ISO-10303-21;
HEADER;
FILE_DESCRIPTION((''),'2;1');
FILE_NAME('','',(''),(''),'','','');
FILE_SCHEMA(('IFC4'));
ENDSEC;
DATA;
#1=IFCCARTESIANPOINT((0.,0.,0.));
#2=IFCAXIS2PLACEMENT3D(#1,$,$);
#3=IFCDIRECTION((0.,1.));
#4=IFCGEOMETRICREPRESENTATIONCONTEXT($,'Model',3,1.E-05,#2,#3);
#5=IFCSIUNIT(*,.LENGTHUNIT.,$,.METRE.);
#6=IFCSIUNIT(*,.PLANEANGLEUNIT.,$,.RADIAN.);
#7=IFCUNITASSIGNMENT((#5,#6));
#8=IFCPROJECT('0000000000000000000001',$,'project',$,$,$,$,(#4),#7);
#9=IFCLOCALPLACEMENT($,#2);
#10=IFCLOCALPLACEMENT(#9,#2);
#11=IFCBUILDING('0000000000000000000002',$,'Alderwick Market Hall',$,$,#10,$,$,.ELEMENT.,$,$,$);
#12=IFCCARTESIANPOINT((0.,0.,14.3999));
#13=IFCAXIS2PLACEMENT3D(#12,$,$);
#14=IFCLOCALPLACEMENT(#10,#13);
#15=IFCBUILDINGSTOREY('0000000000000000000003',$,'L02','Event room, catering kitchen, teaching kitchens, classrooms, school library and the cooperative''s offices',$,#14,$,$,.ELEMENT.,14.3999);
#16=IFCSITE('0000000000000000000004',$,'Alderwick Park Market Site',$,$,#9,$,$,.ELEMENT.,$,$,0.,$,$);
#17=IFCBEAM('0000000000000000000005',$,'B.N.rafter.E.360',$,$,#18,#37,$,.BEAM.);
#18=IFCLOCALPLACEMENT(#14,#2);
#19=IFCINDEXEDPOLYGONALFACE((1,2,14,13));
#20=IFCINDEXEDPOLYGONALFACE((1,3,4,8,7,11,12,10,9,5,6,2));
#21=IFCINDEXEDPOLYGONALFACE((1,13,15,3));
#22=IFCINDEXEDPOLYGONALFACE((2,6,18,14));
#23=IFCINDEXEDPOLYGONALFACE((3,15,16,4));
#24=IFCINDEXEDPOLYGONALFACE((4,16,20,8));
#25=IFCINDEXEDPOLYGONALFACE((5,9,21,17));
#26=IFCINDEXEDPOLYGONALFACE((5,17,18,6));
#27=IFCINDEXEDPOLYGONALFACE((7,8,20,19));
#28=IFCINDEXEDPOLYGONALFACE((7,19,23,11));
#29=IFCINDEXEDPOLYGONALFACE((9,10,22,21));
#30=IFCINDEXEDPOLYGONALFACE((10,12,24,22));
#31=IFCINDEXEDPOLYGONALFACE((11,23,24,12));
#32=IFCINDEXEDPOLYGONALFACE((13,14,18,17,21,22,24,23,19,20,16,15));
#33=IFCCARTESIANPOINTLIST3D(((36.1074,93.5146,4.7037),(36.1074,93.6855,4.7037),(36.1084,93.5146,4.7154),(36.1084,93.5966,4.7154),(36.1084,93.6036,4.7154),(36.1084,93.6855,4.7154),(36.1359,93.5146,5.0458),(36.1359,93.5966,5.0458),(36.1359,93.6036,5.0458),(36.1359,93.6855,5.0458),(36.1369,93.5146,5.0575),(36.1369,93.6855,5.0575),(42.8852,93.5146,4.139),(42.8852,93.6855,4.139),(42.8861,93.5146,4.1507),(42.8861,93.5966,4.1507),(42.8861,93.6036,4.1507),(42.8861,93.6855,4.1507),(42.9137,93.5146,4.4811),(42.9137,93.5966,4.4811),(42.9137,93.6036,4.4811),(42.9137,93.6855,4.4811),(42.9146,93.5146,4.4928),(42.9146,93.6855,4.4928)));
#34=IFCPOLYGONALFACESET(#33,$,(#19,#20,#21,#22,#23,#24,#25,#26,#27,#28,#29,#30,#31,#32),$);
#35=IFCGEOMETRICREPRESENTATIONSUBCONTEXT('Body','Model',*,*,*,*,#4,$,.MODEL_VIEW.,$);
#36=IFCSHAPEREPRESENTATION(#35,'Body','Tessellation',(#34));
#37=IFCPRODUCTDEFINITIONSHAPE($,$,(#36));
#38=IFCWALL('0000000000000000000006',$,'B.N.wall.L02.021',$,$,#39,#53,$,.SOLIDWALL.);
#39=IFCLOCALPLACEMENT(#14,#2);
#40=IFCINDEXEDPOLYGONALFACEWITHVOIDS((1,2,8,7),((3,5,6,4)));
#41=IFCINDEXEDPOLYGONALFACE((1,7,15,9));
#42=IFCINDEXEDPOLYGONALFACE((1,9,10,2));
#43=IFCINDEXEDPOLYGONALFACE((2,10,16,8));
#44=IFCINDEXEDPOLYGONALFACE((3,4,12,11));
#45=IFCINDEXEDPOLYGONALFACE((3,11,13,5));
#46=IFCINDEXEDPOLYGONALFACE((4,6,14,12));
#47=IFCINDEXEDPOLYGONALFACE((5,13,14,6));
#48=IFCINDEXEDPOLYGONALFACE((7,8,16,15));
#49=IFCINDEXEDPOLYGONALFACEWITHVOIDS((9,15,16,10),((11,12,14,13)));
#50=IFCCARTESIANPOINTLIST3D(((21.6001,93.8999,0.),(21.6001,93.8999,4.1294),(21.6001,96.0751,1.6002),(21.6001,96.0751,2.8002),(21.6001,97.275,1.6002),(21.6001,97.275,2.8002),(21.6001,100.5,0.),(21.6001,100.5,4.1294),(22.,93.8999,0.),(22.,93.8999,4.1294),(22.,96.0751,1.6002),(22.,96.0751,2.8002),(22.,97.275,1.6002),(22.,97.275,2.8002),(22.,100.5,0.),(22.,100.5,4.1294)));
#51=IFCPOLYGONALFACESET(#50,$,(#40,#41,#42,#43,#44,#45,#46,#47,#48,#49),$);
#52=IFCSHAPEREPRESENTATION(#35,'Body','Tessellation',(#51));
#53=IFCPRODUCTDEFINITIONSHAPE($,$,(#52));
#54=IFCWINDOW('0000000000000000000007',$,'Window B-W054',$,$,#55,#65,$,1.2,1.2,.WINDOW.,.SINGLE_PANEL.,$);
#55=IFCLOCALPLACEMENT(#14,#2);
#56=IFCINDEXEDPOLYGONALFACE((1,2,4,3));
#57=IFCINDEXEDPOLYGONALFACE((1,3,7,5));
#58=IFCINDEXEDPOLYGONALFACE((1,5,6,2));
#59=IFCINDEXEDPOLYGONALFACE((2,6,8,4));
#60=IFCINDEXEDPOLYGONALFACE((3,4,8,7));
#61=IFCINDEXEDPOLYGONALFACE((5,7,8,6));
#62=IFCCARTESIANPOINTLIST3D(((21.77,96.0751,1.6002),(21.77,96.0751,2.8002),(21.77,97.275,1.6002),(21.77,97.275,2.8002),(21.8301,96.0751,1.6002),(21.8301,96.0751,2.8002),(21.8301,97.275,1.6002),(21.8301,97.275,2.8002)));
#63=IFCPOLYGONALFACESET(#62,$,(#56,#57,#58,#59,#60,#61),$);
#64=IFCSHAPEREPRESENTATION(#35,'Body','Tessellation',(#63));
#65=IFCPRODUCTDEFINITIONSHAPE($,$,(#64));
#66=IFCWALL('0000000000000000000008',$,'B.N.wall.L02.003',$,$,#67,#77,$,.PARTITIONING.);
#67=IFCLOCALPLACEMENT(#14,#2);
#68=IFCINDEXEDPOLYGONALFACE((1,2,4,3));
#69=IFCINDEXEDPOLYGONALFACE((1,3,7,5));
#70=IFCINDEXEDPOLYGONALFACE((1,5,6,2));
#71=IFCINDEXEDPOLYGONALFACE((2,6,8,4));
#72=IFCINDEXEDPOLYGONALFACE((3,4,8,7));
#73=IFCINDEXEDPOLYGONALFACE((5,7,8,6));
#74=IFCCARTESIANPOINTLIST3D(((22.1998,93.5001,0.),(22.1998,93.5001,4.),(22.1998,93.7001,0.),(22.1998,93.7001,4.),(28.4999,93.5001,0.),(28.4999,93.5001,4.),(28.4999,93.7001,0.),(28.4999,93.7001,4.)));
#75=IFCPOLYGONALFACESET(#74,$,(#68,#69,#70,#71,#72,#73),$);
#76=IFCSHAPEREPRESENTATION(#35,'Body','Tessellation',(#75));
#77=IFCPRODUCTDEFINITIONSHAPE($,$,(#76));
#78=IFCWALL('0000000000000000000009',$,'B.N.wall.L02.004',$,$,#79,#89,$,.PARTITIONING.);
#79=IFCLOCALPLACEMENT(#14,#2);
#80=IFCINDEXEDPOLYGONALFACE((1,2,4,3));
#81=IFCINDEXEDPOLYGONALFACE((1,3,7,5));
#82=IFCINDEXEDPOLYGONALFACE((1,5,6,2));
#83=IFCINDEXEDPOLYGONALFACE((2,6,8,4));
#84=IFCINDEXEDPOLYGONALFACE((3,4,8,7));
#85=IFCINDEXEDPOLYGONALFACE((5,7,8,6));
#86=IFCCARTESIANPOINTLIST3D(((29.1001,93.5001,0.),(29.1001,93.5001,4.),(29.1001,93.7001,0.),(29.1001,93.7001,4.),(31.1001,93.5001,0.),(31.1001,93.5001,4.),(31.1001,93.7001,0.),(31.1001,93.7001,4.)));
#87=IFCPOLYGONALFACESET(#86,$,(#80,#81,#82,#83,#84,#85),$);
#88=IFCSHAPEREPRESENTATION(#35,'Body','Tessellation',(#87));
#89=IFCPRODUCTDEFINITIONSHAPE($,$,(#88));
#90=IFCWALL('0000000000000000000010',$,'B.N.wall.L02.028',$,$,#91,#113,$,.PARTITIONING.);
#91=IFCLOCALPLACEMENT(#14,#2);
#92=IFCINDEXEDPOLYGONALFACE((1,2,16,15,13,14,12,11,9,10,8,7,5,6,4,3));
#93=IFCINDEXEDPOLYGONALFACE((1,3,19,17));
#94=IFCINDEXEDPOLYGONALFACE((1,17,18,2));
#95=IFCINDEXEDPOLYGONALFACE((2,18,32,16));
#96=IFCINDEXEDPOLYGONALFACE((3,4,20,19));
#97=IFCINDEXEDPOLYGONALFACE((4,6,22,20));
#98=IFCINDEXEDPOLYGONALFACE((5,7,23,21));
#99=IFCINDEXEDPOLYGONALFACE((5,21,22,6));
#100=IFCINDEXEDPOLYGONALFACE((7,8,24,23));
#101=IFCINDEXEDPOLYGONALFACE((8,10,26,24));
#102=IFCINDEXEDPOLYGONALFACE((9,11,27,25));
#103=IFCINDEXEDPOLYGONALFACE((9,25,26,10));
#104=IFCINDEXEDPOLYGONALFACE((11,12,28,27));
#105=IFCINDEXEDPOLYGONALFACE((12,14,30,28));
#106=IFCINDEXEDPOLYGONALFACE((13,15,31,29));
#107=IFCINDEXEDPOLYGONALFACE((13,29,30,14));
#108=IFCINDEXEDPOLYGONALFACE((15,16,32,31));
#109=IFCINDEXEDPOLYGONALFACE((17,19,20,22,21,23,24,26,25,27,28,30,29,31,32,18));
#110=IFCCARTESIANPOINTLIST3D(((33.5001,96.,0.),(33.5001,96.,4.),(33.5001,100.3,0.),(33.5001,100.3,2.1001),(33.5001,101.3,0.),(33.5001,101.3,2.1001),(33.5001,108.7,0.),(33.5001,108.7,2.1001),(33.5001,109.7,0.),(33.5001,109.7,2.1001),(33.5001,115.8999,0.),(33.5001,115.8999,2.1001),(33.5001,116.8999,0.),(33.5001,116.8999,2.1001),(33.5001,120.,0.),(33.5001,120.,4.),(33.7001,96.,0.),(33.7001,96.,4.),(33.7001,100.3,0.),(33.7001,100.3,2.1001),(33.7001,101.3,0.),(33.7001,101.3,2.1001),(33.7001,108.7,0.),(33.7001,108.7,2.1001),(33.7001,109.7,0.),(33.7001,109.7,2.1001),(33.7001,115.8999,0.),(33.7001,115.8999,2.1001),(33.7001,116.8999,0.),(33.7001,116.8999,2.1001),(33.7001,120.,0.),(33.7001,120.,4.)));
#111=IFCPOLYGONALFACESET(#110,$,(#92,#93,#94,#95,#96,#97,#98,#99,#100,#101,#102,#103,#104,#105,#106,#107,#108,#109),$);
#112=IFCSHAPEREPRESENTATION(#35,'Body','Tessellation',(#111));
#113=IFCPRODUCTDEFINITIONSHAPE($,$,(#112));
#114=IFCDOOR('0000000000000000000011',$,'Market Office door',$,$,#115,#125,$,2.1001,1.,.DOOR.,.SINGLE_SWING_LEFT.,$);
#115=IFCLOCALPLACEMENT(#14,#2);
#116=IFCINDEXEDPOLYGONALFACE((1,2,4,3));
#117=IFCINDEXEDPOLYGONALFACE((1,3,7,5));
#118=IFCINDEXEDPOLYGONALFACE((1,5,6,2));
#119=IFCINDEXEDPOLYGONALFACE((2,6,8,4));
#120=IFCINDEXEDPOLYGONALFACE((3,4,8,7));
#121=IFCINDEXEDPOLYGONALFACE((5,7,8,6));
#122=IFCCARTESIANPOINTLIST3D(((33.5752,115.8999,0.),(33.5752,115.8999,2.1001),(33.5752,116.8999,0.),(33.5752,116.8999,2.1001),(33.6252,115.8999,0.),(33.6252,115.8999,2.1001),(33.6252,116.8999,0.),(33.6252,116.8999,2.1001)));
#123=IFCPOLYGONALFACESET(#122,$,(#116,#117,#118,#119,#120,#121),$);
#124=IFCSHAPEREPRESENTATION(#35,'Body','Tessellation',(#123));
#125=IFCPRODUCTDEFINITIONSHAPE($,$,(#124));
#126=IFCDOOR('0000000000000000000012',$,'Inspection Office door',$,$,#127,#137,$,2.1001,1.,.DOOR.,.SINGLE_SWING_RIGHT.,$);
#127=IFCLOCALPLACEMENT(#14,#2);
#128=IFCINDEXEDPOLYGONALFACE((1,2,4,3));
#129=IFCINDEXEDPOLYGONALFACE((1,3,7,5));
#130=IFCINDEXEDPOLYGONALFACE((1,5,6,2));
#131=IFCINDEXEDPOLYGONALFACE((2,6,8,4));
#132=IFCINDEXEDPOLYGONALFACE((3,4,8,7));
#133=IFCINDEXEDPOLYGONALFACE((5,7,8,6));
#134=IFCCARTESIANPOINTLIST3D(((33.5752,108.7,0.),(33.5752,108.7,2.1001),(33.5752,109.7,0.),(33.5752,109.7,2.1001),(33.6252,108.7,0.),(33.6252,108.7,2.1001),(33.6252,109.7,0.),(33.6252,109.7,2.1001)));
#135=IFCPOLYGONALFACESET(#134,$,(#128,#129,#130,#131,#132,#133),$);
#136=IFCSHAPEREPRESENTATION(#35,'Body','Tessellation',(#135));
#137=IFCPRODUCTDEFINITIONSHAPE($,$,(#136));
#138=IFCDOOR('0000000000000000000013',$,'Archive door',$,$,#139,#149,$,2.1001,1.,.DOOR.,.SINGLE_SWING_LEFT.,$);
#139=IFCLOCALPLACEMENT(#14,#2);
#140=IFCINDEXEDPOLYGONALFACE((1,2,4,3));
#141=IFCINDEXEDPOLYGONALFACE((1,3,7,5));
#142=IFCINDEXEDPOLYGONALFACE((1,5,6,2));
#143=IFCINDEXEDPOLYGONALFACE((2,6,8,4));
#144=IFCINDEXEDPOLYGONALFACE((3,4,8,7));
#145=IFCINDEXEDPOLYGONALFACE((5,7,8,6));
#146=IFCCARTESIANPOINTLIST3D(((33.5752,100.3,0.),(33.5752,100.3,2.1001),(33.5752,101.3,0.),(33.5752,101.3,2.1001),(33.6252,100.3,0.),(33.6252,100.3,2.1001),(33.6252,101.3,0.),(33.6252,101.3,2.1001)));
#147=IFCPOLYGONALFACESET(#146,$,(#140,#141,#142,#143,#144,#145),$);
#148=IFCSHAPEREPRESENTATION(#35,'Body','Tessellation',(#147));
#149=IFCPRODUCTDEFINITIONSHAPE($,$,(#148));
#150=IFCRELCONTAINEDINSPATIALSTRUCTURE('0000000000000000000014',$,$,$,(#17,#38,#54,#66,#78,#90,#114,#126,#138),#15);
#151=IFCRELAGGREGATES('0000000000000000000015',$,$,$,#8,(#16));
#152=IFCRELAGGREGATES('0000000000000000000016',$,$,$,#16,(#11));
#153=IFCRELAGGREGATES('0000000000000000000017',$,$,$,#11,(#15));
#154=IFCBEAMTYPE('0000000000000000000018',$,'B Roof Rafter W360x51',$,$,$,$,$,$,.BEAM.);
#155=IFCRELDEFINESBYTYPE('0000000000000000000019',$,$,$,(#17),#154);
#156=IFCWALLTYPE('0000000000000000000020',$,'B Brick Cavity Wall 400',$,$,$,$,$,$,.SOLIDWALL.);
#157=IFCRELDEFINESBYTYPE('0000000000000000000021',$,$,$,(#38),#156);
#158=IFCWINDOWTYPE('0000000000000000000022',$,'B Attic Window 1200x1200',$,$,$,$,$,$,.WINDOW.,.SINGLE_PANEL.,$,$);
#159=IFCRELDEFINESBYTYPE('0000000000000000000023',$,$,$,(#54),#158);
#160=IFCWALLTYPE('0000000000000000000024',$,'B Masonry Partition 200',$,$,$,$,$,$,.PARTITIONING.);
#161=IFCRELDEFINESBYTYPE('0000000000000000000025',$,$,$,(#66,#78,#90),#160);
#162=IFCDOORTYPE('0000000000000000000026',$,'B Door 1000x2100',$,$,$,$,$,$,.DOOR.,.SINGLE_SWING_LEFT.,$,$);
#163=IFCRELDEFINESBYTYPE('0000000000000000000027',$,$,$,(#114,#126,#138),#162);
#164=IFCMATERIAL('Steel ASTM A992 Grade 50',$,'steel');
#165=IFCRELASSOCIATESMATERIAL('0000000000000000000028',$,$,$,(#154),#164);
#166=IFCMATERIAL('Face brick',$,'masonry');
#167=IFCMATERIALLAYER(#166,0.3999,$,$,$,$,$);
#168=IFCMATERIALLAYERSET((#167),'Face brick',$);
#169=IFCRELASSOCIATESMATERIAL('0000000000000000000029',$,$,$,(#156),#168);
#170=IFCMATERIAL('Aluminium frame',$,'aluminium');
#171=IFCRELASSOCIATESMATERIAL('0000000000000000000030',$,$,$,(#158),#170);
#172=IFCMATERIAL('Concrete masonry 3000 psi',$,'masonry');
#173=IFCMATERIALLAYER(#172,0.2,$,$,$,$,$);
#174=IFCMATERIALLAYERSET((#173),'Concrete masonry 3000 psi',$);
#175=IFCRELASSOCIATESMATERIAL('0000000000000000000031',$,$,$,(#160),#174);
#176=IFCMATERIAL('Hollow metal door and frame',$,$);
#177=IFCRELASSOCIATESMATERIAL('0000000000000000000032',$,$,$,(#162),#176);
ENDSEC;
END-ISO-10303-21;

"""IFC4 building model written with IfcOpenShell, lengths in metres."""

from ifc_helpers import new_model, si_unit, direction, frame, frame_2d, origin, origin_2d, place, context, subcontext, project, spatial, rectangle, i_section, extrude, material, layer, layer_set, material_profile, profile_set, type_object, element, fill, save


model = new_model("IFC4")

# Units and contexts
model_context = context("Model", 3, precision=1e-05, world=origin(), true_north=direction((0.0, 1.0)))
body_context = subcontext(model_context, "Body", "Model", "MODEL_VIEW")
ifc_project = project(units=[si_unit("LENGTHUNIT", "METRE"), si_unit("PLANEANGLEUNIT", "RADIAN")], contexts=[model_context])

# Site, building, storey
site_placement = place(None, origin())
site = spatial("IfcSite", under=ifc_project, at=site_placement, Name="Alderwick Park Market Site", CompositionType="ELEMENT", RefElevation=0.0)
building_placement = place(site_placement, origin())
building = spatial("IfcBuilding", under=site, at=building_placement, Name="Alderwick Market Hall", CompositionType="ELEMENT")
storey_placement = place(building_placement, frame((0.0, 0.0, 14.3999)))
storey = spatial("IfcBuildingStorey", under=building, at=storey_placement, Name="L02", Description="Event room, catering kitchen, teaching kitchens, classrooms, school library and the cooperative's offices", CompositionType="ELEMENT", Elevation=14.3999)

# Shared definitions
ifc_material_1 = material(Name="Steel ASTM A992 Grade 50", Category="steel")

# Beam
ifc_material_profile_1 = material_profile(ifc_material_1, i_section(OverallWidth=0.1709, OverallDepth=0.355, WebThickness=0.0071, FlangeThickness=0.0117, at=origin_2d()), Name="W360x51")
ifc_profile_set_1 = profile_set([ifc_material_profile_1], Name="Steel ASTM A992 Grade 50")
beam_type_1 = type_object("IfcBeamType", Name="B Roof Rafter W360x51", PredefinedType="BEAM", material=ifc_profile_set_1)
beam_1_placement = place(storey_placement, frame((42.8999, 93.6001, 4.3159), z_axis=(-0.996547, 0.0, 0.083028), x_axis=(0.0, -1.0, 0.0)))
element("IfcBeam", 1, at=beam_1_placement, inside=storey, type_object=beam_type_1, Name="B.N.rafter.E.360", PredefinedType="BEAM", context=body_context, shape_type="SweptSolid", body=[
    extrude(i_section(OverallWidth=0.1709, OverallDepth=0.355, WebThickness=0.0071, FlangeThickness=0.0117, at=origin_2d()), origin(), (0.0, 0.0, 1.0), 6.8013),
])

# Wall, opening, window
ifc_material_2 = material(Name="Face brick", Category="masonry")
ifc_layer_1 = layer(ifc_material_2, 0.3999)
ifc_layer_set_1 = layer_set([ifc_layer_1], Name="Face brick")
wall_type_1 = type_object("IfcWallType", Name="B Brick Cavity Wall 400", PredefinedType="SOLIDWALL", material=ifc_layer_set_1)
wall_1_placement = place(storey_placement, frame((21.8, 93.8999, 0.0), z_axis=(0.0, 0.0, 1.0), x_axis=(0.0, 1.0, 0.0)))
wall_1 = element("IfcWall", 2, at=wall_1_placement, inside=storey, type_object=wall_type_1, Name="B.N.wall.L02.021", PredefinedType="SOLIDWALL", context=body_context, shape_type="SweptSolid", body=[
    extrude(rectangle(XDim=6.6001, YDim=0.3999, at=frame_2d((3.3, 0.0))), origin(), (0.0, 0.0, 1.0), 4.1294),
])
opening_1_placement = place(wall_1_placement, frame((2.175, 0.0, 1.6001)))
opening_1 = element("IfcOpeningElement", 3, at=opening_1_placement, cuts=wall_1, PredefinedType="OPENING", context=body_context, shape_type="SweptSolid", body=[
    extrude(rectangle(XDim=1.2, YDim=1.2, at=frame_2d((0.6001, 0.6001))), frame((0.0, 0.21, 0.0), z_axis=(0.0, -1.0, 0.0), x_axis=(1.0, 0.0, 0.0)), (0.0, 0.0, 1.0), 0.4199),
])
ifc_material_3 = material(Name="Aluminium frame", Category="aluminium")
window_type = type_object("IfcWindowType", Name="B Attic Window 1200x1200", PartitioningType="SINGLE_PANEL", PredefinedType="WINDOW", material=ifc_material_3)
window_placement = place(opening_1_placement, origin())
window = element("IfcWindow", 4, at=window_placement, inside=storey, type_object=window_type, Name="Window B-W054", OverallHeight=1.2, OverallWidth=1.2, PartitioningType="SINGLE_PANEL", PredefinedType="WINDOW", context=body_context, shape_type="SweptSolid", body=[
    extrude(rectangle(XDim=1.2, YDim=1.2, at=frame_2d((0.6001, 0.6001))), frame((0.0, 0.03, 0.0), z_axis=(0.0, -1.0, 0.0), x_axis=(1.0, 0.0, 0.0)), (0.0, 0.0, 1.0), 0.0601),
])
fill(opening_1, window)

# Walls
ifc_material_4 = material(Name="Concrete masonry 3000 psi", Category="masonry")
ifc_layer_2 = layer(ifc_material_4, 0.2)
ifc_layer_set_2 = layer_set([ifc_layer_2], Name="Concrete masonry 3000 psi")
wall_type_2 = type_object("IfcWallType", Name="B Masonry Partition 200", PredefinedType="PARTITIONING", material=ifc_layer_set_2)
wall_2_placement = place(storey_placement, frame((22.2, 93.6001, 0.0), z_axis=(0.0, 0.0, 1.0), x_axis=(1.0, 0.0, 0.0)))
element("IfcWall", 5, at=wall_2_placement, inside=storey, type_object=wall_type_2, Name="B.N.wall.L02.003", PredefinedType="PARTITIONING", context=body_context, shape_type="SweptSolid", body=[
    extrude(rectangle(XDim=6.3, YDim=0.2, at=frame_2d((3.1499, 0.0))), origin(), (0.0, 0.0, 1.0), 4.0),
])
wall_3_placement = place(storey_placement, frame((29.1001, 93.6001, 0.0), z_axis=(0.0, 0.0, 1.0), x_axis=(1.0, 0.0, 0.0)))
element("IfcWall", 6, at=wall_3_placement, inside=storey, type_object=wall_type_2, Name="B.N.wall.L02.004", PredefinedType="PARTITIONING", context=body_context, shape_type="SweptSolid", body=[
    extrude(rectangle(XDim=2.0, YDim=0.2, at=frame_2d((1.0, 0.0))), origin(), (0.0, 0.0, 1.0), 4.0),
])

# Wall, openings, doors
wall_4_placement = place(storey_placement, frame((33.6001, 96.0, 0.0), z_axis=(0.0, 0.0, 1.0), x_axis=(0.0, 1.0, 0.0)))
wall_4 = element("IfcWall", 7, at=wall_4_placement, inside=storey, type_object=wall_type_2, Name="B.N.wall.L02.028", PredefinedType="PARTITIONING", context=body_context, shape_type="SweptSolid", body=[
    extrude(rectangle(XDim=24.0, YDim=0.2, at=frame_2d((12.0, 0.0))), origin(), (0.0, 0.0, 1.0), 4.0),
])
opening_2_placement = place(wall_4_placement, frame((19.8999, 0.0, 0.0)))
opening_2 = element("IfcOpeningElement", 8, at=opening_2_placement, cuts=wall_4, PredefinedType="OPENING", context=body_context, shape_type="SweptSolid", body=[
    extrude(rectangle(XDim=1.0, YDim=2.1001, at=frame_2d((0.5, 1.05))), frame((0.0, 0.1099, 0.0), z_axis=(0.0, -1.0, 0.0), x_axis=(1.0, 0.0, 0.0)), (0.0, 0.0, 1.0), 0.22),
])
opening_3_placement = place(wall_4_placement, frame((12.7, 0.0, 0.0)))
opening_3 = element("IfcOpeningElement", 9, at=opening_3_placement, cuts=wall_4, PredefinedType="OPENING", context=body_context, shape_type="SweptSolid", body=[
    extrude(rectangle(XDim=1.0, YDim=2.1001, at=frame_2d((0.5, 1.05))), frame((0.0, 0.1099, 0.0), z_axis=(0.0, -1.0, 0.0), x_axis=(1.0, 0.0, 0.0)), (0.0, 0.0, 1.0), 0.22),
])
opening_4_placement = place(wall_4_placement, frame((4.3, 0.0, 0.0)))
opening_4 = element("IfcOpeningElement", 10, at=opening_4_placement, cuts=wall_4, PredefinedType="OPENING", context=body_context, shape_type="SweptSolid", body=[
    extrude(rectangle(XDim=1.0, YDim=2.1001, at=frame_2d((0.5, 1.05))), frame((0.0, 0.1099, 0.0), z_axis=(0.0, -1.0, 0.0), x_axis=(1.0, 0.0, 0.0)), (0.0, 0.0, 1.0), 0.22),
])
ifc_material_5 = material(Name="Hollow metal door and frame")
door_type_1 = type_object("IfcDoorType", Name="B Door 1000x2100", OperationType="SINGLE_SWING_LEFT", PredefinedType="DOOR", material=ifc_material_5)
door_1_placement = place(opening_2_placement, origin())
door_1 = element("IfcDoor", 11, at=door_1_placement, inside=storey, type_object=door_type_1, Name="Market Office door", OperationType="SINGLE_SWING_LEFT", OverallHeight=2.1001, OverallWidth=1.0, PredefinedType="DOOR", context=body_context, shape_type="SweptSolid", body=[
    extrude(rectangle(XDim=1.0, YDim=2.1001, at=frame_2d((0.5, 1.05))), frame((0.0, 0.0249, 0.0), z_axis=(0.0, -1.0, 0.0), x_axis=(1.0, 0.0, 0.0)), (0.0, 0.0, 1.0), 0.05),
])
fill(opening_2, door_1)
door_2_placement = place(opening_3_placement, origin())
door_2 = element("IfcDoor", 12, at=door_2_placement, inside=storey, type_object=door_type_1, Name="Inspection Office door", OperationType="SINGLE_SWING_RIGHT", OverallHeight=2.1001, OverallWidth=1.0, PredefinedType="DOOR", context=body_context, shape_type="SweptSolid", body=[
    extrude(rectangle(XDim=1.0, YDim=2.1001, at=frame_2d((0.5, 1.05))), frame((0.0, 0.0249, 0.0), z_axis=(0.0, -1.0, 0.0), x_axis=(1.0, 0.0, 0.0)), (0.0, 0.0, 1.0), 0.05),
])
fill(opening_3, door_2)
door_3_placement = place(opening_4_placement, origin())
door_3 = element("IfcDoor", 13, at=door_3_placement, inside=storey, type_object=door_type_1, Name="Archive door", OperationType="SINGLE_SWING_LEFT", OverallHeight=2.1001, OverallWidth=1.0, PredefinedType="DOOR", context=body_context, shape_type="SweptSolid", body=[
    extrude(rectangle(XDim=1.0, YDim=2.1001, at=frame_2d((0.5, 1.05))), frame((0.0, 0.0249, 0.0), z_axis=(0.0, -1.0, 0.0), x_axis=(1.0, 0.0, 0.0)), (0.0, 0.0, 1.0), 0.05),
])
fill(opening_4, door_3)

save(model, "model.ifc")
